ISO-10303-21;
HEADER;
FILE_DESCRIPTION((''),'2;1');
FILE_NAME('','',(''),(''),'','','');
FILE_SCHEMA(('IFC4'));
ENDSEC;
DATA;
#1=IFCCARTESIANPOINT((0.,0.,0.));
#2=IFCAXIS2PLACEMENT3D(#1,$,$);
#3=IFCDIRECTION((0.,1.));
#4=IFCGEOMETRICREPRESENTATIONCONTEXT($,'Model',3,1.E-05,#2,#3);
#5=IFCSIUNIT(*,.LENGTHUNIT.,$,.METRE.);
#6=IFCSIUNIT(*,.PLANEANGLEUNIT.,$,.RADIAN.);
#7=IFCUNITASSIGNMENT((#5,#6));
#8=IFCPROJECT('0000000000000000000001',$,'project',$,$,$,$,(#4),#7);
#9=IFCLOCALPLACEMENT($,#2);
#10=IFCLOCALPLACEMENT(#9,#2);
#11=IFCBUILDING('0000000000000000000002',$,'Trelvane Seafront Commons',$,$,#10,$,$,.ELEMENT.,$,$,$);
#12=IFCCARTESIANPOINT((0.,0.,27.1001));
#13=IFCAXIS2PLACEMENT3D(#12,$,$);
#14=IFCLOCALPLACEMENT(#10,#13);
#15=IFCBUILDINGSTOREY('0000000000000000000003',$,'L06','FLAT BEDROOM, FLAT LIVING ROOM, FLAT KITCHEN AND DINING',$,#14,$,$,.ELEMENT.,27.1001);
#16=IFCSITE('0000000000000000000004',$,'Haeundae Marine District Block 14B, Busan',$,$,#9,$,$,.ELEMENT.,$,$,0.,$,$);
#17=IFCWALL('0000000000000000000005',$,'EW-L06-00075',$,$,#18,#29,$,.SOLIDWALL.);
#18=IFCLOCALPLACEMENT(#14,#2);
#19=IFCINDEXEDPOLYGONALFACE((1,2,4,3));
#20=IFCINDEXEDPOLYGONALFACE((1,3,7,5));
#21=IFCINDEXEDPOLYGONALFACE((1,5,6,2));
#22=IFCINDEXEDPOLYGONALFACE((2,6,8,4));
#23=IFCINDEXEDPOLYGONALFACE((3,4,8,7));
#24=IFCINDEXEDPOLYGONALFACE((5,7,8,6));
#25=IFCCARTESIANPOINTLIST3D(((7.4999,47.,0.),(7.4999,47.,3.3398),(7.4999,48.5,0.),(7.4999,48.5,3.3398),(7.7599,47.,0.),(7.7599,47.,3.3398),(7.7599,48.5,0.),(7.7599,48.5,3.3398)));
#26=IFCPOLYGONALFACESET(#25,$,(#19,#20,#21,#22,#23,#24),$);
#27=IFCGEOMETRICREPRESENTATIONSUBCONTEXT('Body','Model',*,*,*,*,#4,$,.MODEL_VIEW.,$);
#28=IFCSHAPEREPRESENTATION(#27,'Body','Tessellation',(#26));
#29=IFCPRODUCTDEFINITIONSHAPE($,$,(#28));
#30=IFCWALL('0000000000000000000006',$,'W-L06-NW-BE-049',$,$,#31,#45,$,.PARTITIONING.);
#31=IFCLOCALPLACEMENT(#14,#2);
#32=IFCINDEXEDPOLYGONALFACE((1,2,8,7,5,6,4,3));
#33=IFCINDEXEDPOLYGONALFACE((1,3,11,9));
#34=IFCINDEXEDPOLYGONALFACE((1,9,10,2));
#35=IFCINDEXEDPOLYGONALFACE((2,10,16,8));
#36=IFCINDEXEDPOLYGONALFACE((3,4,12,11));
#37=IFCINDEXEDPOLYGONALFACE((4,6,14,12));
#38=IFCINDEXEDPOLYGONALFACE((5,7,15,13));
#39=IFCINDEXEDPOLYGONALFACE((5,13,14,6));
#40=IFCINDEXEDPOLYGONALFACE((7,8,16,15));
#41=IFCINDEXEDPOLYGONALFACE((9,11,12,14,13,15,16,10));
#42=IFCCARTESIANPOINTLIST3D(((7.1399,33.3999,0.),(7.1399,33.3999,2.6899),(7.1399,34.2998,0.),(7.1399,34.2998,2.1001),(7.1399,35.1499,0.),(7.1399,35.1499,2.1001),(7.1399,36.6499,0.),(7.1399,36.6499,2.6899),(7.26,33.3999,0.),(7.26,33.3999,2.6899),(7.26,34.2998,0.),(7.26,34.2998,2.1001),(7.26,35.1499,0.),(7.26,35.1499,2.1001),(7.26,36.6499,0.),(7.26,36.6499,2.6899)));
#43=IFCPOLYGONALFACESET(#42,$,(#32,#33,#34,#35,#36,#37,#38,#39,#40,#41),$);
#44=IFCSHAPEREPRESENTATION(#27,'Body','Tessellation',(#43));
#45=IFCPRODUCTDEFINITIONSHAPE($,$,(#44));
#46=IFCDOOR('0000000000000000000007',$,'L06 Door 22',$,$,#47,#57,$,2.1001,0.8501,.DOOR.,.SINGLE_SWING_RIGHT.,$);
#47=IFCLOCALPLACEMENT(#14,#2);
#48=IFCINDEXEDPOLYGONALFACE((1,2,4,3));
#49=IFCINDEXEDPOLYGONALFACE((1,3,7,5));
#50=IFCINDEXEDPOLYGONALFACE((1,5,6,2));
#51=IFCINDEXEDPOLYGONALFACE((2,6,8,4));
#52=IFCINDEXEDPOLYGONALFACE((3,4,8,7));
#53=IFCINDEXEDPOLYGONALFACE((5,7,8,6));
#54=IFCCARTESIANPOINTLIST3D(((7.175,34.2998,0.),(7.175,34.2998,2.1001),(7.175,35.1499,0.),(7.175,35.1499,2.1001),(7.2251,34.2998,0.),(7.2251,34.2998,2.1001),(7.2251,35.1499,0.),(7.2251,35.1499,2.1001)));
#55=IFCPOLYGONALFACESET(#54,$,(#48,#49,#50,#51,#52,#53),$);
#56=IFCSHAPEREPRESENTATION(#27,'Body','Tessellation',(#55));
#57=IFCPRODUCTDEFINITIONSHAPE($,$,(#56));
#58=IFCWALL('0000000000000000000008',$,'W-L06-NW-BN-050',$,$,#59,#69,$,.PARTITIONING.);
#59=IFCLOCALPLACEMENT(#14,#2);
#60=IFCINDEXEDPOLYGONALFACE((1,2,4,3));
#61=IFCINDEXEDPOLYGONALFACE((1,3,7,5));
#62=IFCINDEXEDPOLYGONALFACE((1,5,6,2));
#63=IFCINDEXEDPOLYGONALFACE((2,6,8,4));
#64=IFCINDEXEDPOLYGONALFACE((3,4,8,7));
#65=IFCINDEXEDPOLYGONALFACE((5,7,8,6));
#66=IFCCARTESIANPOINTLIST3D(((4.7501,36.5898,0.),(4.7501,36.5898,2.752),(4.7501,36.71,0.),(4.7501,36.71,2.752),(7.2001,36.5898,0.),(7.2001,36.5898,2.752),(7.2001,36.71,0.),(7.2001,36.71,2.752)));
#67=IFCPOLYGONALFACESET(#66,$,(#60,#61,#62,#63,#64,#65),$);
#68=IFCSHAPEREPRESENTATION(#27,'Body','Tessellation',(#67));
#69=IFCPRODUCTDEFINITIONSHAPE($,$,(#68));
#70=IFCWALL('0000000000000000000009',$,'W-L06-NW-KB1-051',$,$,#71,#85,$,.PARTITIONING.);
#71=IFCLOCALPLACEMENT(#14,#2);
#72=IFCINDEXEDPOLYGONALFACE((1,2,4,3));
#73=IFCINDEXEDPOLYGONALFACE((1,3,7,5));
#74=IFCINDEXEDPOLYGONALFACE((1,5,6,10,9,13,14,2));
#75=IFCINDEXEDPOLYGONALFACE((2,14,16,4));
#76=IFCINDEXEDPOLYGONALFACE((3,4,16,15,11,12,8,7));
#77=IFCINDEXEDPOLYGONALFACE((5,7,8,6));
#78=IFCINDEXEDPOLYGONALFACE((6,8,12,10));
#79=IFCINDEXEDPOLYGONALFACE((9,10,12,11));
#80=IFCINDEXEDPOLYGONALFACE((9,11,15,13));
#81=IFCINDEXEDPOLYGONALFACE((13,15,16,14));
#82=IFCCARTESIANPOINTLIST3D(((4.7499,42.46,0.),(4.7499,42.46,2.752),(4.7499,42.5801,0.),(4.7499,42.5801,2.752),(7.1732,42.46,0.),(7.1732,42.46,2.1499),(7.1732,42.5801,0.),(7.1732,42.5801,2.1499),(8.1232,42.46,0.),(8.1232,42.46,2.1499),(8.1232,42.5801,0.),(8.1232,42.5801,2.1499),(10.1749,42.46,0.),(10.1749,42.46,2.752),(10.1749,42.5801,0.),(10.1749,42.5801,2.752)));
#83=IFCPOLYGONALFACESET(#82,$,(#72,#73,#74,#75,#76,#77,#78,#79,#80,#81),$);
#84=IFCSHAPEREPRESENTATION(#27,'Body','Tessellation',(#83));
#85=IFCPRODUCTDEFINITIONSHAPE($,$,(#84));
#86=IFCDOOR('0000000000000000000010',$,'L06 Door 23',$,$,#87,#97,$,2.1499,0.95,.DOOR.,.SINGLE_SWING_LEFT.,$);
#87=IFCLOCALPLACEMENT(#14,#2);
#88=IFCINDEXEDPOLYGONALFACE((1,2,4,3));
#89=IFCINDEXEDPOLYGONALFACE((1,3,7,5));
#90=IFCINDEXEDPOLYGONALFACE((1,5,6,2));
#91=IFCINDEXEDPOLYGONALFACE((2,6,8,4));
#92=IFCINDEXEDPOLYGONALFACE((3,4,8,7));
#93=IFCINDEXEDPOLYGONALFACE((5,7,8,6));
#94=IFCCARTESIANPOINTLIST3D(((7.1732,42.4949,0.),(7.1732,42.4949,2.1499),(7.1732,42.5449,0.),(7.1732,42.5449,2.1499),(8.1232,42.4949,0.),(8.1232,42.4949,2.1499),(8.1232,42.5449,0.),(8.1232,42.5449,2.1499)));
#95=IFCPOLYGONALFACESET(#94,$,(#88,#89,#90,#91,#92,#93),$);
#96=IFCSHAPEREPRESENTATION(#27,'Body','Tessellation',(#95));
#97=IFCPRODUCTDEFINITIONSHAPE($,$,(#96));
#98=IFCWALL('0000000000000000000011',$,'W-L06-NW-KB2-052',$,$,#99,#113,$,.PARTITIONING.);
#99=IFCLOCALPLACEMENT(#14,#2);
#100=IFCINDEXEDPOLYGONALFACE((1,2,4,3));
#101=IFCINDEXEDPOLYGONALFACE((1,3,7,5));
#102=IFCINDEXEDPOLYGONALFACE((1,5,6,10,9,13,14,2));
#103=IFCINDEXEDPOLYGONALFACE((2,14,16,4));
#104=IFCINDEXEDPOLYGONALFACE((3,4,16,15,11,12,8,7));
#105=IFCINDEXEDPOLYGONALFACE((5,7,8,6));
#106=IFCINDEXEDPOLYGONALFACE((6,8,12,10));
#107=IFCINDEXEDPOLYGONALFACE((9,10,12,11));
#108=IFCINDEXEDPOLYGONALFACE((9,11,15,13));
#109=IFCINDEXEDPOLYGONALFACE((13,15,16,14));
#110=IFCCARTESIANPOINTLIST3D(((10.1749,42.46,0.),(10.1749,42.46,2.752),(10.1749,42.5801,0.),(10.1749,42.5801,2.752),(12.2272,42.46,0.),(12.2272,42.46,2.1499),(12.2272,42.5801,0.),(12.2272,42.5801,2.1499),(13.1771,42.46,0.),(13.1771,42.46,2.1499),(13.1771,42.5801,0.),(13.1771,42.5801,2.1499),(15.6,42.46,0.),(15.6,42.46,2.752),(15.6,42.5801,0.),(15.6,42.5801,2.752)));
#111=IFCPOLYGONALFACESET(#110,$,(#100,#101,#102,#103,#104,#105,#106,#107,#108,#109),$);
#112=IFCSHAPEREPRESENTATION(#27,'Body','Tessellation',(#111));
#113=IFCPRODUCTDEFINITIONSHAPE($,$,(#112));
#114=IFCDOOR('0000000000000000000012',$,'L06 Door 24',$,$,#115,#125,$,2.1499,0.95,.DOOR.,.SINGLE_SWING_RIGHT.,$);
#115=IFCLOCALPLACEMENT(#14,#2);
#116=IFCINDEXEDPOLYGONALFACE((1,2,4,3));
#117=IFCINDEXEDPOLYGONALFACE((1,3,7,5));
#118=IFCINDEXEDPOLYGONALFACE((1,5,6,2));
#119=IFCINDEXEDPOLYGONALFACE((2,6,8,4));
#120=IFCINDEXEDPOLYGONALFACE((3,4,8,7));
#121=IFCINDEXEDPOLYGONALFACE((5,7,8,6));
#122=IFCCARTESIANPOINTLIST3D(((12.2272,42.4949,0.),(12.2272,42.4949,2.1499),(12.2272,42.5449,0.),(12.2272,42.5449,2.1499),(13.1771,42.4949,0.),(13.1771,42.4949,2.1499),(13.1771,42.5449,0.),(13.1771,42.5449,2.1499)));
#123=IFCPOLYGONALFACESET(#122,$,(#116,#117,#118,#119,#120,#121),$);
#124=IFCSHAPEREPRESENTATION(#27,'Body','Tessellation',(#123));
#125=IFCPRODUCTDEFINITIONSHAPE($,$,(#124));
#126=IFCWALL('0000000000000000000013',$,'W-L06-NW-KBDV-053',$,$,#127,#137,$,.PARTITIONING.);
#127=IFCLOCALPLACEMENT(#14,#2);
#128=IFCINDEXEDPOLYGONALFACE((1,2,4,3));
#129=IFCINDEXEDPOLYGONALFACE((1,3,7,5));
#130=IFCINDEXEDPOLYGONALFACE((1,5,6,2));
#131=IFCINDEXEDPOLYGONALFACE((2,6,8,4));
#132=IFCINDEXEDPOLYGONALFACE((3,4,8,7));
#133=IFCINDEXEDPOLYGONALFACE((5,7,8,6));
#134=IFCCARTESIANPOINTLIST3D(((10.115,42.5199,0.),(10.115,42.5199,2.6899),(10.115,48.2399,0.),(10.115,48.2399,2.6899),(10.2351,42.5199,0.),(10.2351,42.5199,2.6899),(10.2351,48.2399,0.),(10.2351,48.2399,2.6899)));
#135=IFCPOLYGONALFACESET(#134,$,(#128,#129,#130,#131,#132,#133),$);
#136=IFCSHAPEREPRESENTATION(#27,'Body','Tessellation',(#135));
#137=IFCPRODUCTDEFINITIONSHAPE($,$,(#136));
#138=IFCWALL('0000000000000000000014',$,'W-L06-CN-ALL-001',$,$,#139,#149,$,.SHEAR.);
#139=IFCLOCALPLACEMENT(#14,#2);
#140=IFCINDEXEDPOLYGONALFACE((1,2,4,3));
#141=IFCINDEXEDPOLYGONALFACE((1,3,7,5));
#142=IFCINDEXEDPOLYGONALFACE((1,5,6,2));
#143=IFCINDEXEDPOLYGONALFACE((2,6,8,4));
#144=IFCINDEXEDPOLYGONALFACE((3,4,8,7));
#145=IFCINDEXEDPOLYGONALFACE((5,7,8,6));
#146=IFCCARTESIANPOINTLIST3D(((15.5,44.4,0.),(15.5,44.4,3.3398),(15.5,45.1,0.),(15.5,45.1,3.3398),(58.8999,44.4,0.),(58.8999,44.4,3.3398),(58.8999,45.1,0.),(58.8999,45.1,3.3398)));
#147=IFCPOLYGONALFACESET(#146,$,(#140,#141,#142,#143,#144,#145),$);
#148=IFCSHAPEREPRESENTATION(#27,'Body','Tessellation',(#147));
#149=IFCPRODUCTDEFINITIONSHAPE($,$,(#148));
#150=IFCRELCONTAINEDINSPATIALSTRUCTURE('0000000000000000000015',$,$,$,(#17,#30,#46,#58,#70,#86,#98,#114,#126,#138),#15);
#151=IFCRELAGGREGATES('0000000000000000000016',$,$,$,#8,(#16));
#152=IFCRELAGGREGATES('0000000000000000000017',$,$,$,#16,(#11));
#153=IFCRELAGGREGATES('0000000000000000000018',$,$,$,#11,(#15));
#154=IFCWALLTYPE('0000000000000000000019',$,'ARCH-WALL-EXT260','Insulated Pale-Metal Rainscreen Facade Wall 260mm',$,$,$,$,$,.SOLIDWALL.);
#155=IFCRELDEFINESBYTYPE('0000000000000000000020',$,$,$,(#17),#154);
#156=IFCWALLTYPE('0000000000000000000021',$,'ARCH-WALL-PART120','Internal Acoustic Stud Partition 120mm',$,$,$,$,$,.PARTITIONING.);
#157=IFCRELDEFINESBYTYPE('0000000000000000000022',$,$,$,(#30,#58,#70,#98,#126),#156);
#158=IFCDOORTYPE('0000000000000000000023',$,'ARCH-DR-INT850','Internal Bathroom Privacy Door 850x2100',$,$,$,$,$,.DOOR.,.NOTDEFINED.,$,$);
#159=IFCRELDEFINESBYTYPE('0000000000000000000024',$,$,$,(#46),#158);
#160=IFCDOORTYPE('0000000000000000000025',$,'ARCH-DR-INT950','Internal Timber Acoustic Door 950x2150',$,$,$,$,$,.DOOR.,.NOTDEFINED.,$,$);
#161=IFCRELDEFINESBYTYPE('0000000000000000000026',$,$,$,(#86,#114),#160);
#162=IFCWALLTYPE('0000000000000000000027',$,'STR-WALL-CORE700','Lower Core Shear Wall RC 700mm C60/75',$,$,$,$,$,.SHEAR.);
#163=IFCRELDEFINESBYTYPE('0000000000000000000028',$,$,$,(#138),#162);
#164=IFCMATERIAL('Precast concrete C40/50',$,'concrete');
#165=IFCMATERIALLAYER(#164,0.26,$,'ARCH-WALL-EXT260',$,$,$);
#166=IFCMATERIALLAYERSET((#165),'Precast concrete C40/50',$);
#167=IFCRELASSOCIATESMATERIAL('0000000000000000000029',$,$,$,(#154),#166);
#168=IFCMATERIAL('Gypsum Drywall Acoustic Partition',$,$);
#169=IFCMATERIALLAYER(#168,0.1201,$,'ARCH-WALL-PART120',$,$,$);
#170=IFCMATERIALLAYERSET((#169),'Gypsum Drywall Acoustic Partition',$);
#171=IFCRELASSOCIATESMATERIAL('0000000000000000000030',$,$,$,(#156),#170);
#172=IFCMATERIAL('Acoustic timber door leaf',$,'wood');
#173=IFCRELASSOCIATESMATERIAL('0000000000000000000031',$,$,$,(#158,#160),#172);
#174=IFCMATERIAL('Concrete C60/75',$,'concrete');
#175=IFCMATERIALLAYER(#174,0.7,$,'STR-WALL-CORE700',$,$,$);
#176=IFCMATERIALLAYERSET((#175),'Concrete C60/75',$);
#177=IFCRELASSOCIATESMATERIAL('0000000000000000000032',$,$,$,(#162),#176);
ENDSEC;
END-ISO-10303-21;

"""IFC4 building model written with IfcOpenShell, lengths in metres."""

from ifc_helpers import new_model, si_unit, direction, frame, frame_2d, origin, place, context, subcontext, project, spatial, rectangle, extrude, source, transform, mapped, material, layer, layer_set, type_object, element, fill, save


model = new_model("IFC4")

# Units and contexts
model_context = context("Model", 3, precision=1e-05, world=origin(), true_north=direction((0.0, 1.0)))
body_context = subcontext(model_context, "Body", "Model", "MODEL_VIEW")
ifc_project = project(units=[si_unit("LENGTHUNIT", "METRE"), si_unit("PLANEANGLEUNIT", "RADIAN")], contexts=[model_context])

# Site, building, storey
site_placement = place(None, origin())
site = spatial("IfcSite", under=ifc_project, at=site_placement, Name="Haeundae Marine District Block 14B, Busan", CompositionType="ELEMENT", RefElevation=0.0)
building_placement = place(site_placement, origin())
building = spatial("IfcBuilding", under=site, at=building_placement, Name="Trelvane Seafront Commons", CompositionType="ELEMENT")
storey_placement = place(building_placement, frame((0.0, 0.0, 27.1001)))
storey = spatial("IfcBuildingStorey", under=building, at=storey_placement, Name="L06", Description="FLAT BEDROOM, FLAT LIVING ROOM, FLAT KITCHEN AND DINING", CompositionType="ELEMENT", Elevation=27.1001)

# Shared definitions
ifc_material_1 = material(Name="Concrete C60/75", Category="concrete")

# Shared definitions
ifc_material_2 = material(Name="Precast concrete C40/50", Category="concrete")
ifc_layer_1 = layer(ifc_material_2, 0.26, Name="ARCH-WALL-EXT260")
ifc_layer_set_1 = layer_set([ifc_layer_1], Name="Precast concrete C40/50")
wall_type_1 = type_object("IfcWallType", Name="ARCH-WALL-EXT260", Description="Insulated Pale-Metal Rainscreen Facade Wall 260mm", PredefinedType="SOLIDWALL", material=ifc_layer_set_1)

# Wall
for number, where, z_axis, x_axis, name in (
    (1, (7.6299, 47.0, 0.0), (0.0, 0.0, 1.0), (0.0, 1.0, 0.0), "EW-L06-00075"),
):
    element("IfcWall", number, at=place(storey_placement, frame(where, z_axis=z_axis, x_axis=x_axis)), inside=storey, type_object=wall_type_1, Name=name, PredefinedType="SOLIDWALL", context=body_context, shape_type="SweptSolid", body=[
        extrude(rectangle(XDim=1.5, YDim=0.26, at=frame_2d((0.75, 0.0))), origin(), (0.0, 0.0, 1.0), 3.3398),
    ])

# Wall, opening, door
ifc_material_3 = material(Name="Gypsum Drywall Acoustic Partition")
ifc_layer_2 = layer(ifc_material_3, 0.1201, Name="ARCH-WALL-PART120")
ifc_layer_set_2 = layer_set([ifc_layer_2], Name="Gypsum Drywall Acoustic Partition")
wall_type_2 = type_object("IfcWallType", Name="ARCH-WALL-PART120", Description="Internal Acoustic Stud Partition 120mm", PredefinedType="PARTITIONING", material=ifc_layer_set_2)
wall_1_placement = place(storey_placement, frame((7.2, 33.3999, 0.0), z_axis=(0.0, 0.0, 1.0), x_axis=(0.0, 1.0, 0.0)))
wall_1 = element("IfcWall", 2, at=wall_1_placement, inside=storey, type_object=wall_type_2, Name="W-L06-NW-BE-049", PredefinedType="PARTITIONING", context=body_context, shape_type="SweptSolid", body=[
    extrude(rectangle(XDim=3.25, YDim=0.1201, at=frame_2d((1.625, 0.0))), origin(), (0.0, 0.0, 1.0), 2.6899),
])
opening_1_placement = place(wall_1_placement, frame((0.8999, 0.0, 0.0)))
opening_1 = element("IfcOpeningElement", 3, at=opening_1_placement, cuts=wall_1, PredefinedType="OPENING", context=body_context, shape_type="SweptSolid", body=[
    extrude(rectangle(XDim=0.8501, YDim=2.1001, at=frame_2d((0.425, 1.05))), frame((0.0, 0.0701, 0.0), z_axis=(0.0, -1.0, 0.0), x_axis=(1.0, 0.0, 0.0)), (0.0, 0.0, 1.0), 0.1401),
])
ifc_material_4 = material(Name="Acoustic timber door leaf", Category="wood")
door_type_1 = type_object("IfcDoorType", Name="ARCH-DR-INT850", Description="Internal Bathroom Privacy Door 850x2100", OperationType="NOTDEFINED", PredefinedType="DOOR", material=ifc_material_4)
shared_shape_1 = source(origin(), body_context, "Body", "SweptSolid", [
    extrude(rectangle(XDim=0.8501, YDim=2.1001, at=frame_2d((0.425, 1.05))), frame((0.0, 0.0249, 0.0), z_axis=(0.0, -1.0, 0.0), x_axis=(1.0, 0.0, 0.0)), (0.0, 0.0, 1.0), 0.05),
])
door_1_placement = place(opening_1_placement, origin())
door_1 = element("IfcDoor", 4, at=door_1_placement, inside=storey, type_object=door_type_1, Name="L06 Door 22", OperationType="SINGLE_SWING_RIGHT", OverallHeight=2.1001, OverallWidth=0.8501, PredefinedType="DOOR", context=body_context, shape_type="MappedRepresentation", body=[
    mapped(shared_shape_1, transform((0.0, 0.0, 0.0), x_axis=(1.0, 0.0, 0.0), y_axis=(0.0, 1.0, 0.0), z_axis=(0.0, 0.0, 1.0), scale=1.0)),
])
fill(opening_1, door_1)

# Wall
wall_2_placement = place(storey_placement, frame((4.75, 36.6499, 0.0), z_axis=(0.0, 0.0, 1.0), x_axis=(1.0, 0.0, 0.0)))
element("IfcWall", 5, at=wall_2_placement, inside=storey, type_object=wall_type_2, Name="W-L06-NW-BN-050", PredefinedType="PARTITIONING", context=body_context, shape_type="SweptSolid", body=[
    extrude(rectangle(XDim=2.45, YDim=0.1201, at=frame_2d((1.2251, 0.0))), origin(), (0.0, 0.0, 1.0), 2.752),
])

# Walls, openings, doors
wall_3_placement = place(storey_placement, frame((4.75, 42.52, 0.0), z_axis=(0.0, 0.0, 1.0), x_axis=(1.0, 0.0, 0.0)))
wall_3 = element("IfcWall", 6, at=wall_3_placement, inside=storey, type_object=wall_type_2, Name="W-L06-NW-KB1-051", PredefinedType="PARTITIONING", context=body_context, shape_type="SweptSolid", body=[
    extrude(rectangle(XDim=5.425, YDim=0.1201, at=frame_2d((2.7124, 0.0))), origin(), (0.0, 0.0, 1.0), 2.752),
])
opening_2_placement = place(wall_3_placement, frame((2.4231, 0.0, 0.0)))
opening_2 = element("IfcOpeningElement", 7, at=opening_2_placement, cuts=wall_3, PredefinedType="OPENING", context=body_context, shape_type="SweptSolid", body=[
    extrude(rectangle(XDim=0.95, YDim=2.1499, at=frame_2d((0.4751, 1.075))), frame((0.0, 0.0701, 0.0), z_axis=(0.0, -1.0, 0.0), x_axis=(1.0, 0.0, 0.0)), (0.0, 0.0, 1.0), 0.1401),
])
door_type_2 = type_object("IfcDoorType", Name="ARCH-DR-INT950", Description="Internal Timber Acoustic Door 950x2150", OperationType="NOTDEFINED", PredefinedType="DOOR", material=ifc_material_4)
shared_shape_2 = source(origin(), body_context, "Body", "SweptSolid", [
    extrude(rectangle(XDim=0.95, YDim=2.1499, at=frame_2d((0.4751, 1.075))), frame((0.0, 0.0249, 0.0), z_axis=(0.0, -1.0, 0.0), x_axis=(1.0, 0.0, 0.0)), (0.0, 0.0, 1.0), 0.05),
])
door_2_placement = place(opening_2_placement, origin())
door_2 = element("IfcDoor", 8, at=door_2_placement, inside=storey, type_object=door_type_2, Name="L06 Door 23", OperationType="SINGLE_SWING_LEFT", OverallHeight=2.1499, OverallWidth=0.95, PredefinedType="DOOR", context=body_context, shape_type="MappedRepresentation", body=[
    mapped(shared_shape_2, transform((0.0, 0.0, 0.0), x_axis=(1.0, 0.0, 0.0), y_axis=(0.0, 1.0, 0.0), z_axis=(0.0, 0.0, 1.0), scale=1.0)),
])
fill(opening_2, door_2)
wall_4_placement = place(storey_placement, frame((10.175, 42.52, 0.0), z_axis=(0.0, 0.0, 1.0), x_axis=(1.0, 0.0, 0.0)))
wall_4 = element("IfcWall", 9, at=wall_4_placement, inside=storey, type_object=wall_type_2, Name="W-L06-NW-KB2-052", PredefinedType="PARTITIONING", context=body_context, shape_type="SweptSolid", body=[
    extrude(rectangle(XDim=5.425, YDim=0.1201, at=frame_2d((2.7124, 0.0))), origin(), (0.0, 0.0, 1.0), 2.752),
])
opening_3_placement = place(wall_4_placement, frame((2.052, 0.0, 0.0)))
opening_3 = element("IfcOpeningElement", 10, at=opening_3_placement, cuts=wall_4, PredefinedType="OPENING", context=body_context, shape_type="SweptSolid", body=[
    extrude(rectangle(XDim=0.95, YDim=2.1499, at=frame_2d((0.4751, 1.075))), frame((0.0, 0.0701, 0.0), z_axis=(0.0, -1.0, 0.0), x_axis=(1.0, 0.0, 0.0)), (0.0, 0.0, 1.0), 0.1401),
])
door_3_placement = place(opening_3_placement, origin())
door_3 = element("IfcDoor", 11, at=door_3_placement, inside=storey, type_object=door_type_2, Name="L06 Door 24", OperationType="SINGLE_SWING_RIGHT", OverallHeight=2.1499, OverallWidth=0.95, PredefinedType="DOOR", context=body_context, shape_type="MappedRepresentation", body=[
    mapped(shared_shape_2, transform((0.0, 0.0, 0.0), x_axis=(1.0, 0.0, 0.0), y_axis=(0.0, 1.0, 0.0), z_axis=(0.0, 0.0, 1.0), scale=1.0)),
])
fill(opening_3, door_3)

# Wall
wall_5_placement = place(storey_placement, frame((10.175, 42.52, 0.0), z_axis=(0.0, 0.0, 1.0), x_axis=(0.0, 1.0, 0.0)))
element("IfcWall", 12, at=wall_5_placement, inside=storey, type_object=wall_type_2, Name="W-L06-NW-KBDV-053", PredefinedType="PARTITIONING", context=body_context, shape_type="SweptSolid", body=[
    extrude(rectangle(XDim=5.72, YDim=0.1201, at=frame_2d((2.8599, 0.0))), origin(), (0.0, 0.0, 1.0), 2.6899),
])

# Wall
ifc_layer_3 = layer(ifc_material_1, 0.7, Name="STR-WALL-CORE700")
ifc_layer_set_3 = layer_set([ifc_layer_3], Name="Concrete C60/75")
wall_type_3 = type_object("IfcWallType", Name="STR-WALL-CORE700", Description="Lower Core Shear Wall RC 700mm C60/75", PredefinedType="SHEAR", material=ifc_layer_set_3)
wall_6_placement = place(storey_placement, frame((15.5, 44.75, 0.0), z_axis=(0.0, 0.0, 1.0), x_axis=(1.0, 0.0, 0.0)))
element("IfcWall", 13, at=wall_6_placement, inside=storey, type_object=wall_type_3, Name="W-L06-CN-ALL-001", PredefinedType="SHEAR", context=body_context, shape_type="SweptSolid", body=[
    extrude(rectangle(XDim=43.3999, YDim=0.7, at=frame_2d((21.7, 0.0))), origin(), (0.0, 0.0, 1.0), 3.3398),
])

save(model, "model.ifc")
